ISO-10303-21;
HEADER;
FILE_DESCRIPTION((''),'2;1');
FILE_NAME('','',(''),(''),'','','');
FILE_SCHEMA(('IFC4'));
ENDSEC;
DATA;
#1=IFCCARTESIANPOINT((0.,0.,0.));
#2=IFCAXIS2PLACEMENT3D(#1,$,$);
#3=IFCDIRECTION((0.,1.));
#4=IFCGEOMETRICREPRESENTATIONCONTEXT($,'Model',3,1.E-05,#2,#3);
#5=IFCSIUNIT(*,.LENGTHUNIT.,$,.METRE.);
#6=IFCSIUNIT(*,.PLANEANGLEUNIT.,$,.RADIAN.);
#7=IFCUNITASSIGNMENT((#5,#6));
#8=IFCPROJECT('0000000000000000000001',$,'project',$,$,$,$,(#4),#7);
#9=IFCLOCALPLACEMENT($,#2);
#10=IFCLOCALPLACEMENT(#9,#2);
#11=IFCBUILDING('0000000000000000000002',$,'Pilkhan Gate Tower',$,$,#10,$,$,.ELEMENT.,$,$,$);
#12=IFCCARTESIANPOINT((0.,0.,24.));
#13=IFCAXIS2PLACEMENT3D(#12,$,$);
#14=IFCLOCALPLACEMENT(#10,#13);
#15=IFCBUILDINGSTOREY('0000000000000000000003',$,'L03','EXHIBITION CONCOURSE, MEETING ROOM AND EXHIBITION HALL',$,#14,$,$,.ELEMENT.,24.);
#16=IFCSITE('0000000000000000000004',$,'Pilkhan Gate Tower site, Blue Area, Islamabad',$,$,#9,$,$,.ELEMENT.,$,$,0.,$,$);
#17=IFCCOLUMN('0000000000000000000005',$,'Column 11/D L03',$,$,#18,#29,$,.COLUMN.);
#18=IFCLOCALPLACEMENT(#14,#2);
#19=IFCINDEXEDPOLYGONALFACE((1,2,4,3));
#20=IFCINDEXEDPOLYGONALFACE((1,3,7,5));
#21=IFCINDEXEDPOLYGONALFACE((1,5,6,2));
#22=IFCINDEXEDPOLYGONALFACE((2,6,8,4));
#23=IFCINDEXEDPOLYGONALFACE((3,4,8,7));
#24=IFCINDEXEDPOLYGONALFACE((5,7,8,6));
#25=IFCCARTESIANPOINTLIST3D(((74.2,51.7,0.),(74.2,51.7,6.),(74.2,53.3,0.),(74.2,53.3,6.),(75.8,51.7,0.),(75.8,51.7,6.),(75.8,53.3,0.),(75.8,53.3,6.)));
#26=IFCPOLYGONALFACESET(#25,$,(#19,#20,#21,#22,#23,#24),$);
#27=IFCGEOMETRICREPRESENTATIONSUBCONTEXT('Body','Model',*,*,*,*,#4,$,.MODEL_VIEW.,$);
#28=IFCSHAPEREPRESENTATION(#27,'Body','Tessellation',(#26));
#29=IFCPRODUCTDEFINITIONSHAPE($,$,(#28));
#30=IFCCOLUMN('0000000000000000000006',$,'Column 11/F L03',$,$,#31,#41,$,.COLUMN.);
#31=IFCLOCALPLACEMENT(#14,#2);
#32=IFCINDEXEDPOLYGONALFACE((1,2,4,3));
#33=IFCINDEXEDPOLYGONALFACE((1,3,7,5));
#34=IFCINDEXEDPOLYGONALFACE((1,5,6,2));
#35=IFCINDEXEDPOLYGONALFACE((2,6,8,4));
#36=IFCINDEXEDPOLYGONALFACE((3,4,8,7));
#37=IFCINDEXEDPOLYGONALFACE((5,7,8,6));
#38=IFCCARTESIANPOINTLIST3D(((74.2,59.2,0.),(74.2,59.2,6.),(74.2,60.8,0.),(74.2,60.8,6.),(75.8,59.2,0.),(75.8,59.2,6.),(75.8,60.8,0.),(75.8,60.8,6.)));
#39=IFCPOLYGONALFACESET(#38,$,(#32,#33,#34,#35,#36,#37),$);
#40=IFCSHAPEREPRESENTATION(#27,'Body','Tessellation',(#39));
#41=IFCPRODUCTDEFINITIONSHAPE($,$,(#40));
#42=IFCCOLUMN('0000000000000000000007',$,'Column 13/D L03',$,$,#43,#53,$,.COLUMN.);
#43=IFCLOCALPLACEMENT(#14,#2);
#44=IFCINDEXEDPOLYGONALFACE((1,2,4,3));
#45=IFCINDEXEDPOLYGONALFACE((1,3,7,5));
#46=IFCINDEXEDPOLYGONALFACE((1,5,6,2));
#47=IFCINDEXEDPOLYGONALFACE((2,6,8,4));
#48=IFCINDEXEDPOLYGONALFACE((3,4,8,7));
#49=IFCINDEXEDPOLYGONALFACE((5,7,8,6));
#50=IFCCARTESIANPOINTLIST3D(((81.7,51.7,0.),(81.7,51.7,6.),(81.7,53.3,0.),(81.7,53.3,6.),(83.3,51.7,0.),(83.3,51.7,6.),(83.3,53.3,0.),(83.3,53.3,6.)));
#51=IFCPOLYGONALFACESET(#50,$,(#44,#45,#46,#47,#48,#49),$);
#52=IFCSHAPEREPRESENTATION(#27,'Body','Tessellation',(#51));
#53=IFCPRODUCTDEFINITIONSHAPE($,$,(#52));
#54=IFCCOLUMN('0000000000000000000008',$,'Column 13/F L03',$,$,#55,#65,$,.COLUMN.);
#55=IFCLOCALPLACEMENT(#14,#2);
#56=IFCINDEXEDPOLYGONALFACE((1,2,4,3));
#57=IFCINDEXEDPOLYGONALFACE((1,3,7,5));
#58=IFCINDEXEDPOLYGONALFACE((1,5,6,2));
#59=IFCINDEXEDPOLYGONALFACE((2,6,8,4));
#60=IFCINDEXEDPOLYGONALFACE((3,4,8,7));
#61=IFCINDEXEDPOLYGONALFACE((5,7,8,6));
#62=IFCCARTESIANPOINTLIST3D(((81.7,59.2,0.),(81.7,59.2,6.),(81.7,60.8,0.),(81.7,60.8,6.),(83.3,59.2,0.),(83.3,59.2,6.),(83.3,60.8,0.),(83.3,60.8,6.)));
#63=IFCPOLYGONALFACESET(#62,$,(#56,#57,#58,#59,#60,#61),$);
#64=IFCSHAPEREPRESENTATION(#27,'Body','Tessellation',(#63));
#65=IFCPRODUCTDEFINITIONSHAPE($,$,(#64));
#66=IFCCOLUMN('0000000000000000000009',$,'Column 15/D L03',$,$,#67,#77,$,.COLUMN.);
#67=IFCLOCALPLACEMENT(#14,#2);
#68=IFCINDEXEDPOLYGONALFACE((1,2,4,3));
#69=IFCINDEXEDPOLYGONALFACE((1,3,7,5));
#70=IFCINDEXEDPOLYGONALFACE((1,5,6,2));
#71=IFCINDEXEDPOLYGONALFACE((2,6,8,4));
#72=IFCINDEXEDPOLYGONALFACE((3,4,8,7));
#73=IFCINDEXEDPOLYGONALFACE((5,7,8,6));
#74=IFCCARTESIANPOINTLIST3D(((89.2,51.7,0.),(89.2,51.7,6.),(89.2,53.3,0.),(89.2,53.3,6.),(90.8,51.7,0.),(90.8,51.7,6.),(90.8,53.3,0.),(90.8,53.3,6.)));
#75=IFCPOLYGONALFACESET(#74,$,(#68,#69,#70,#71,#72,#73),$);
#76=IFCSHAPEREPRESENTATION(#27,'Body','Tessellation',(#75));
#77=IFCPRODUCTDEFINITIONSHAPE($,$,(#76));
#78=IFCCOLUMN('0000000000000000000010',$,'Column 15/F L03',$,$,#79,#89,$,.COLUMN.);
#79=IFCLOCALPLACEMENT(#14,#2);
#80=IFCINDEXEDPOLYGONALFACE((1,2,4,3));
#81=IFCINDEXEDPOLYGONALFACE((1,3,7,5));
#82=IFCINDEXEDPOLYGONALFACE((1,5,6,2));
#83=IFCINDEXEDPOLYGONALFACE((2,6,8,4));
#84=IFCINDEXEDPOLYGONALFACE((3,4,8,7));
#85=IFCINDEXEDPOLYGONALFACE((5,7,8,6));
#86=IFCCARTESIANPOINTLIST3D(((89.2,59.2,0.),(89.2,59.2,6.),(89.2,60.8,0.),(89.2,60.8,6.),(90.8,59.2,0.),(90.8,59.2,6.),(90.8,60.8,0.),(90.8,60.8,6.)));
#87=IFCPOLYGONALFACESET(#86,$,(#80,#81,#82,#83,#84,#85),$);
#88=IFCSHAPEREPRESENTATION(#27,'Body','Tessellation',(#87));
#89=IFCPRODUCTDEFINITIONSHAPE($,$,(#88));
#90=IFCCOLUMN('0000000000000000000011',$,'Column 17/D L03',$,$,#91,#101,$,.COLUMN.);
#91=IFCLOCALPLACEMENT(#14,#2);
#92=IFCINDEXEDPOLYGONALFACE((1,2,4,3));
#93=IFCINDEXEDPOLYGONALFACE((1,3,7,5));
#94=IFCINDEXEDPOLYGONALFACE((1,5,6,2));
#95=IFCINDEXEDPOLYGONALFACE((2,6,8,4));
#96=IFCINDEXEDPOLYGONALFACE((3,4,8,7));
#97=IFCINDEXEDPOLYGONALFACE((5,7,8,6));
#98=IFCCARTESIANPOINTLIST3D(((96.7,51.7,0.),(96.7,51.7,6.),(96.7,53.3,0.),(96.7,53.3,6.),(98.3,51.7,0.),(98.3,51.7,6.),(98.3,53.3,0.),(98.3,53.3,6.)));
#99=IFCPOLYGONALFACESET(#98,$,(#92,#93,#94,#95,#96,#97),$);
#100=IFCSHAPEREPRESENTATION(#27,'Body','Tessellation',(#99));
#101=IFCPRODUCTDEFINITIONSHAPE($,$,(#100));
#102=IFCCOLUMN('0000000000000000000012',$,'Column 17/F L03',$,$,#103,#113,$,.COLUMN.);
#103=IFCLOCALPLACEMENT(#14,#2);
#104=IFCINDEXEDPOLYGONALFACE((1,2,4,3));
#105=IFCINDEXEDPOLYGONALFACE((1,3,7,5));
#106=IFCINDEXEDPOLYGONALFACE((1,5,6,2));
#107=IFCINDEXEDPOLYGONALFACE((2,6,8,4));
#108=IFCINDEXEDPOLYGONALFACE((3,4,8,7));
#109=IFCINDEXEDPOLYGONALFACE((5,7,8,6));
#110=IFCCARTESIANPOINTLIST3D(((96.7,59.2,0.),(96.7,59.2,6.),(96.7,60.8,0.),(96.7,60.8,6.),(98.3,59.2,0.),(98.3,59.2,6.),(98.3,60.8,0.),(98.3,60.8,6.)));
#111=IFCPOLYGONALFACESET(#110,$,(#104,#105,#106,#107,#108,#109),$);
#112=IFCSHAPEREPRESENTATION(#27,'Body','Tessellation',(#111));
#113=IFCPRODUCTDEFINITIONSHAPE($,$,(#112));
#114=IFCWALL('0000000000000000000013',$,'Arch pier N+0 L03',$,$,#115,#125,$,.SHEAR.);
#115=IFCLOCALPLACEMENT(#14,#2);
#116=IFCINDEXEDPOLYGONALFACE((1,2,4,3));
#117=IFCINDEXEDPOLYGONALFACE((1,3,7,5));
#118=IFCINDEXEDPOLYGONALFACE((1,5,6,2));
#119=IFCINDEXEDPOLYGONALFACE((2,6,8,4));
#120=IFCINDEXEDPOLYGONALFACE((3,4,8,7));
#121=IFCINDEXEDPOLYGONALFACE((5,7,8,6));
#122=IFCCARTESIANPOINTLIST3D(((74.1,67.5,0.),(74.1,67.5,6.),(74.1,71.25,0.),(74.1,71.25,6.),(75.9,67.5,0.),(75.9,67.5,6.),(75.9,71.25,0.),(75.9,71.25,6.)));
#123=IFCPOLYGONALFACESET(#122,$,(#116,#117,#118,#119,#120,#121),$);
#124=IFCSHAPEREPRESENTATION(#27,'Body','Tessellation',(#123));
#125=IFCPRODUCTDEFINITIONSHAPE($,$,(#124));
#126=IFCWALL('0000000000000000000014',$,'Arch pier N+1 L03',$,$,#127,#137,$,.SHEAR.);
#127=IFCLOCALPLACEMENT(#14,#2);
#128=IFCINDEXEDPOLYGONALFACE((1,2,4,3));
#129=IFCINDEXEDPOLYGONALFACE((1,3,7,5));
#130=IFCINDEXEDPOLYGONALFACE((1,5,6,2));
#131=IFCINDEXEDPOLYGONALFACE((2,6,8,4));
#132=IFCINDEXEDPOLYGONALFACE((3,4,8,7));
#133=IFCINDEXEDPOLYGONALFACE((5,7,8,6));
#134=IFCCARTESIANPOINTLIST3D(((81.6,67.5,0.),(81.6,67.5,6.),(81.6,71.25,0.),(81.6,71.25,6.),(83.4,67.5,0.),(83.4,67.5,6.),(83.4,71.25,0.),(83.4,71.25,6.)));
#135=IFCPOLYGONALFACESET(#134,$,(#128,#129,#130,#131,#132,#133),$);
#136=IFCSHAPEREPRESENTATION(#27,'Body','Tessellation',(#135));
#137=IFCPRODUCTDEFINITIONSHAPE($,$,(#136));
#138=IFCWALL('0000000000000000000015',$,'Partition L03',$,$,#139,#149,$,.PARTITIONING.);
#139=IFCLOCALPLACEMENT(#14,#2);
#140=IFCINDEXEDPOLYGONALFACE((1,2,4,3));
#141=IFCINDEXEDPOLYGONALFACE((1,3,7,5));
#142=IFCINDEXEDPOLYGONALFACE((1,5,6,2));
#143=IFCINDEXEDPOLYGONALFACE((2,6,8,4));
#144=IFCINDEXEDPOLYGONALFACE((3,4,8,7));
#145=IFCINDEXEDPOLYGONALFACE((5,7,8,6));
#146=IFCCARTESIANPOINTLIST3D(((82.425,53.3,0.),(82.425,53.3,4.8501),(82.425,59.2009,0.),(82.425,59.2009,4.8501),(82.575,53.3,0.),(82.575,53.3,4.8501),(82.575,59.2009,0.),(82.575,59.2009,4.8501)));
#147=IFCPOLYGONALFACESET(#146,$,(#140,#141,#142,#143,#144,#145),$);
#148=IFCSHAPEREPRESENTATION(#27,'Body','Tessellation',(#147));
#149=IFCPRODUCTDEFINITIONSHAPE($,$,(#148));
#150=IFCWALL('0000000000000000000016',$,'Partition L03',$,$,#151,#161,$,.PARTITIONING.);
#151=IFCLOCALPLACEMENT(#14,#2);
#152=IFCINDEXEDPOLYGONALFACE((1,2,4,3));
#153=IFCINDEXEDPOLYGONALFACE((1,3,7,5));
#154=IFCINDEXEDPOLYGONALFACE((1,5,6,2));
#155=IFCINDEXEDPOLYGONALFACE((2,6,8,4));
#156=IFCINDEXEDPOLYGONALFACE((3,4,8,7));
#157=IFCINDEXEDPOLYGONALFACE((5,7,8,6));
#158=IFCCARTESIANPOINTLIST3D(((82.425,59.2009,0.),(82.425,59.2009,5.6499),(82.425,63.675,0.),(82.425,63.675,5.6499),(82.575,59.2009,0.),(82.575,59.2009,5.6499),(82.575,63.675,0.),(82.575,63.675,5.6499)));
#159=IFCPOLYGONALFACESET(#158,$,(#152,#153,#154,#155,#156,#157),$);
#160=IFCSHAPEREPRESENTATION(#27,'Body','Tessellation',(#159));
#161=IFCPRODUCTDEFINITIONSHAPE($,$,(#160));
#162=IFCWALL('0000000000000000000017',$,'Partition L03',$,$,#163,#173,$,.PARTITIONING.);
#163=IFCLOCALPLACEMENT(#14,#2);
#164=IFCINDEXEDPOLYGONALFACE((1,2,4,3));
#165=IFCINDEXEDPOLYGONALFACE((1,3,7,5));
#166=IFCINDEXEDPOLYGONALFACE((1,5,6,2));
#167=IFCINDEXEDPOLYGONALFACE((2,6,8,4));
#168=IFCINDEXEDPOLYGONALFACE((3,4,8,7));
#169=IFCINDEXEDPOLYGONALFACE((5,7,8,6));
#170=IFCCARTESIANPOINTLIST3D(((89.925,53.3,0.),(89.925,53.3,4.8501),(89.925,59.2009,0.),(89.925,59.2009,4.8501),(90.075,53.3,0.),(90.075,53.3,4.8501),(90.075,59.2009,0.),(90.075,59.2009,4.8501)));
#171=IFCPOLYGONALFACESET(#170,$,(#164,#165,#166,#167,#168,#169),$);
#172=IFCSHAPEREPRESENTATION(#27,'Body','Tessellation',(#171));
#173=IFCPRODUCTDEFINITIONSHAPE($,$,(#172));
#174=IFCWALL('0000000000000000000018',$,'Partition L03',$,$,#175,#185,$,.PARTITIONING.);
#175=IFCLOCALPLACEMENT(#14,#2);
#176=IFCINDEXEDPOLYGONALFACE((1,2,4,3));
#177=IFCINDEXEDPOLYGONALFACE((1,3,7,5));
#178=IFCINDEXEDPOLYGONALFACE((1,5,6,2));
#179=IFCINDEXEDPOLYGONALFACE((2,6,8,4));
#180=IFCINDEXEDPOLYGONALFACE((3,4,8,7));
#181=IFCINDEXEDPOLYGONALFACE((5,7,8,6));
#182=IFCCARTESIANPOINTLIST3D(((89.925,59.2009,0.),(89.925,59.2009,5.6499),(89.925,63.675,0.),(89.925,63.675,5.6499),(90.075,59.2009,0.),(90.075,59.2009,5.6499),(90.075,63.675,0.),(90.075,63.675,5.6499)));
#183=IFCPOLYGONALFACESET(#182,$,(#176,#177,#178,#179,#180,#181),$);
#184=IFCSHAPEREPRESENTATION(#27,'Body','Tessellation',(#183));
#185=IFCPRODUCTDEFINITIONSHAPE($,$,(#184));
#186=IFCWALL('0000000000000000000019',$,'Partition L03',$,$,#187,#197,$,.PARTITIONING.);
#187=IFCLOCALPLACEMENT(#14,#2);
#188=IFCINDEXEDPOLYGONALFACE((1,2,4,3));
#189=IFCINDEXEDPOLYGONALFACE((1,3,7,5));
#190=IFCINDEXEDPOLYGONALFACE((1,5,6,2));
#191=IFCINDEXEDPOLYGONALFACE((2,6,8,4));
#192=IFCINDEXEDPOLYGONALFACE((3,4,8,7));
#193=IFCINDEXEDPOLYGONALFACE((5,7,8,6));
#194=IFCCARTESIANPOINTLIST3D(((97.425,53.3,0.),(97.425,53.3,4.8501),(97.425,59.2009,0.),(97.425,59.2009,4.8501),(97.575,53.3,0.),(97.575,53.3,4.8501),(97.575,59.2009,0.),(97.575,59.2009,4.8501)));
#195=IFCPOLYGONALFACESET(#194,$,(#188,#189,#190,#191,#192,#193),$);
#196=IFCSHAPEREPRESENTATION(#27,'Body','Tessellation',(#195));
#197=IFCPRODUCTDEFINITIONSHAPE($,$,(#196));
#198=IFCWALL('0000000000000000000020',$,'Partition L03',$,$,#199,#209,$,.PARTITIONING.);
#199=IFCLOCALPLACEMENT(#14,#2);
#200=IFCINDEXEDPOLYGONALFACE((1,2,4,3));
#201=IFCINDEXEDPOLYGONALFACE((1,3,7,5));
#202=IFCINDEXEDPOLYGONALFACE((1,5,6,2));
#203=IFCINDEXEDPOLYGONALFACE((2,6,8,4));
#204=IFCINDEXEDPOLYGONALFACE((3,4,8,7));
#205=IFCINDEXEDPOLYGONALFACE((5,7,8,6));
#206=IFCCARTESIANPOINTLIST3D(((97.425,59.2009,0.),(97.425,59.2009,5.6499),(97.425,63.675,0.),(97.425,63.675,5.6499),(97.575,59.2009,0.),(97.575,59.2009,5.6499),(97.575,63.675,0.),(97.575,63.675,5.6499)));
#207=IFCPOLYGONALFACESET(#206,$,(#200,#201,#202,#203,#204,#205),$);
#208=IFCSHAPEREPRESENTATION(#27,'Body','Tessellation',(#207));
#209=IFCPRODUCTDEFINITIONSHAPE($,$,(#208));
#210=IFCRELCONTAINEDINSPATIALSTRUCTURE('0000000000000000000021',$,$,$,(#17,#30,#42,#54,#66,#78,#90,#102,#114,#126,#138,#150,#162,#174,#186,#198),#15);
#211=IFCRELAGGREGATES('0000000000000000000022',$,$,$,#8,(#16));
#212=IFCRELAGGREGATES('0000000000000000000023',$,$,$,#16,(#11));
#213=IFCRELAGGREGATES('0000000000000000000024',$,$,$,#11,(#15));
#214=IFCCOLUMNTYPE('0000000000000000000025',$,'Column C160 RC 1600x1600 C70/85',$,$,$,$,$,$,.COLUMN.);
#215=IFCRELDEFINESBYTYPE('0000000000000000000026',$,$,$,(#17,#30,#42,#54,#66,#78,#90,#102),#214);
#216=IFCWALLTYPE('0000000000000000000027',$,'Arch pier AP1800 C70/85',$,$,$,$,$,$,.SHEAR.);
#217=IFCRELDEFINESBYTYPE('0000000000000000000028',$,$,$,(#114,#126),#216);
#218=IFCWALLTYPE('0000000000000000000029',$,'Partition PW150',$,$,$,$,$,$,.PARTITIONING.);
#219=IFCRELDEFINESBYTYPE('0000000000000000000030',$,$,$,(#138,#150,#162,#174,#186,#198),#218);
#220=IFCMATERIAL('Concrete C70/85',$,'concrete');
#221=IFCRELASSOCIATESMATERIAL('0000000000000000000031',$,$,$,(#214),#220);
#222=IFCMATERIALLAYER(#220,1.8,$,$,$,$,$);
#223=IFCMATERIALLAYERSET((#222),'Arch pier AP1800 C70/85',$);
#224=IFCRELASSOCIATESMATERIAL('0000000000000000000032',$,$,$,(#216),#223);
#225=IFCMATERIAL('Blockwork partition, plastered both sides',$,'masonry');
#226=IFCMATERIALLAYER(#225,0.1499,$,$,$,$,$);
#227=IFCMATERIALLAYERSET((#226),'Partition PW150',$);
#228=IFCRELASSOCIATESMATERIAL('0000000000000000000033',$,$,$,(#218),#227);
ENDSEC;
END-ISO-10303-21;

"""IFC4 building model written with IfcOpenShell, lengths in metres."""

from ifc_helpers import new_model, si_unit, direction, frame, frame_2d, origin, origin_2d, place, context, subcontext, project, spatial, rectangle, extrude, material, layer, layer_set, material_profile, profile_set, type_object, element, save


model = new_model("IFC4")

# Units and contexts
model_context = context("Model", 3, precision=1e-05, world=origin(), true_north=direction((0.0, 1.0)))
body_context = subcontext(model_context, "Body", "Model", "MODEL_VIEW")
ifc_project = project(units=[si_unit("LENGTHUNIT", "METRE"), si_unit("PLANEANGLEUNIT", "RADIAN")], contexts=[model_context])

# Site, building, storey
site_placement = place(None, origin())
site = spatial("IfcSite", under=ifc_project, at=site_placement, Name="Pilkhan Gate Tower site, Blue Area, Islamabad", CompositionType="ELEMENT", RefElevation=0.0)
building_placement = place(site_placement, origin())
building = spatial("IfcBuilding", under=site, at=building_placement, Name="Pilkhan Gate Tower", CompositionType="ELEMENT")
storey_placement = place(building_placement, frame((0.0, 0.0, 24.0)))
storey = spatial("IfcBuildingStorey", under=building, at=storey_placement, Name="L03", Description="EXHIBITION CONCOURSE, MEETING ROOM AND EXHIBITION HALL", CompositionType="ELEMENT", Elevation=24.0)

# Columns
ifc_material_1 = material(Name="Concrete C70/85", Category="concrete")
ifc_material_profile = material_profile(ifc_material_1, rectangle(XDim=1.6001, YDim=1.6001, at=origin_2d()), Name="RC 1600x1600")
ifc_profile_set = profile_set([ifc_material_profile], Name="Concrete C70/85")
column_type = type_object("IfcColumnType", Name="Column C160 RC 1600x1600 C70/85", PredefinedType="COLUMN", material=ifc_profile_set)
for number, where, z_axis, x_axis, name in (
    (1, (75.0, 52.5, 0.0), (0.0, 0.0, 1.0), (1.0, 0.0, 0.0), "Column 11/D L03"),
    (2, (75.0, 60.0, 0.0), (0.0, 0.0, 1.0), (1.0, 0.0, 0.0), "Column 11/F L03"),
    (3, (82.5, 52.5, 0.0), (0.0, 0.0, 1.0), (1.0, 0.0, 0.0), "Column 13/D L03"),
    (4, (82.5, 60.0, 0.0), (0.0, 0.0, 1.0), (1.0, 0.0, 0.0), "Column 13/F L03"),
    (5, (90.0, 52.5, 0.0), (0.0, 0.0, 1.0), (1.0, 0.0, 0.0), "Column 15/D L03"),
    (6, (90.0, 60.0, 0.0), (0.0, 0.0, 1.0), (1.0, 0.0, 0.0), "Column 15/F L03"),
    (7, (97.5, 52.5, 0.0), (0.0, 0.0, 1.0), (1.0, 0.0, 0.0), "Column 17/D L03"),
    (8, (97.5, 60.0, 0.0), (0.0, 0.0, 1.0), (1.0, 0.0, 0.0), "Column 17/F L03"),
):
    element("IfcColumn", number, at=place(storey_placement, frame(where, z_axis=z_axis, x_axis=x_axis)), inside=storey, type_object=column_type, Name=name, PredefinedType="COLUMN", context=body_context, shape_type="SweptSolid", body=[
        extrude(rectangle(XDim=1.6001, YDim=1.6001, at=origin_2d()), origin(), (0.0, 0.0, 1.0), 6.0),
    ])

# Walls
ifc_layer_1 = layer(ifc_material_1, 1.8)
ifc_layer_set_1 = layer_set([ifc_layer_1], Name="Arch pier AP1800 C70/85")
wall_type_1 = type_object("IfcWallType", Name="Arch pier AP1800 C70/85", PredefinedType="SHEAR", material=ifc_layer_set_1)
for number, where, z_axis, x_axis, name in (
    (9, (75.0, 67.5, 0.0), (0.0, 0.0, 1.0), (0.0, 1.0, 0.0), "Arch pier N+0 L03"),
    (10, (82.5, 67.5, 0.0), (0.0, 0.0, 1.0), (0.0, 1.0, 0.0), "Arch pier N+1 L03"),
):
    element("IfcWall", number, at=place(storey_placement, frame(where, z_axis=z_axis, x_axis=x_axis)), inside=storey, type_object=wall_type_1, Name=name, PredefinedType="SHEAR", context=body_context, shape_type="SweptSolid", body=[
        extrude(rectangle(XDim=3.75, YDim=1.8, at=frame_2d((1.875, 0.0))), origin(), (0.0, 0.0, 1.0), 6.0),
    ])
ifc_material_2 = material(Name="Blockwork partition, plastered both sides", Category="masonry")
ifc_layer_2 = layer(ifc_material_2, 0.1499)
ifc_layer_set_2 = layer_set([ifc_layer_2], Name="Partition PW150")
wall_type_2 = type_object("IfcWallType", Name="Partition PW150", PredefinedType="PARTITIONING", material=ifc_layer_set_2)
wall_1_placement = place(storey_placement, frame((82.5, 53.3, 0.0), z_axis=(0.0, 0.0, 1.0), x_axis=(0.0, 1.0, 0.0)))
element("IfcWall", 11, at=wall_1_placement, inside=storey, type_object=wall_type_2, Name="Partition L03", PredefinedType="PARTITIONING", context=body_context, shape_type="SweptSolid", body=[
    extrude(rectangle(XDim=5.9009, YDim=0.1499, at=frame_2d((2.9504, 0.0))), origin(), (0.0, 0.0, 1.0), 4.8501),
])
wall_2_placement = place(storey_placement, frame((82.5, 59.2009, 0.0), z_axis=(0.0, 0.0, 1.0), x_axis=(0.0, 1.0, 0.0)))
element("IfcWall", 12, at=wall_2_placement, inside=storey, type_object=wall_type_2, Name="Partition L03", PredefinedType="PARTITIONING", context=body_context, shape_type="SweptSolid", body=[
    extrude(rectangle(XDim=4.4741, YDim=0.1499, at=frame_2d((2.2371, 0.0))), origin(), (0.0, 0.0, 1.0), 5.6499),
])
wall_3_placement = place(storey_placement, frame((90.0, 53.3, 0.0), z_axis=(0.0, 0.0, 1.0), x_axis=(0.0, 1.0, 0.0)))
element("IfcWall", 13, at=wall_3_placement, inside=storey, type_object=wall_type_2, Name="Partition L03", PredefinedType="PARTITIONING", context=body_context, shape_type="SweptSolid", body=[
    extrude(rectangle(XDim=5.9009, YDim=0.1499, at=frame_2d((2.9504, 0.0))), origin(), (0.0, 0.0, 1.0), 4.8501),
])
wall_4_placement = place(storey_placement, frame((90.0, 59.2009, 0.0), z_axis=(0.0, 0.0, 1.0), x_axis=(0.0, 1.0, 0.0)))
element("IfcWall", 14, at=wall_4_placement, inside=storey, type_object=wall_type_2, Name="Partition L03", PredefinedType="PARTITIONING", context=body_context, shape_type="SweptSolid", body=[
    extrude(rectangle(XDim=4.4741, YDim=0.1499, at=frame_2d((2.2371, 0.0))), origin(), (0.0, 0.0, 1.0), 5.6499),
])
wall_5_placement = place(storey_placement, frame((97.5, 53.3, 0.0), z_axis=(0.0, 0.0, 1.0), x_axis=(0.0, 1.0, 0.0)))
element("IfcWall", 15, at=wall_5_placement, inside=storey, type_object=wall_type_2, Name="Partition L03", PredefinedType="PARTITIONING", context=body_context, shape_type="SweptSolid", body=[
    extrude(rectangle(XDim=5.9009, YDim=0.1499, at=frame_2d((2.9504, 0.0))), origin(), (0.0, 0.0, 1.0), 4.8501),
])
wall_6_placement = place(storey_placement, frame((97.5, 59.2009, 0.0), z_axis=(0.0, 0.0, 1.0), x_axis=(0.0, 1.0, 0.0)))
element("IfcWall", 16, at=wall_6_placement, inside=storey, type_object=wall_type_2, Name="Partition L03", PredefinedType="PARTITIONING", context=body_context, shape_type="SweptSolid", body=[
    extrude(rectangle(XDim=4.4741, YDim=0.1499, at=frame_2d((2.2371, 0.0))), origin(), (0.0, 0.0, 1.0), 5.6499),
])

save(model, "model.ifc")
